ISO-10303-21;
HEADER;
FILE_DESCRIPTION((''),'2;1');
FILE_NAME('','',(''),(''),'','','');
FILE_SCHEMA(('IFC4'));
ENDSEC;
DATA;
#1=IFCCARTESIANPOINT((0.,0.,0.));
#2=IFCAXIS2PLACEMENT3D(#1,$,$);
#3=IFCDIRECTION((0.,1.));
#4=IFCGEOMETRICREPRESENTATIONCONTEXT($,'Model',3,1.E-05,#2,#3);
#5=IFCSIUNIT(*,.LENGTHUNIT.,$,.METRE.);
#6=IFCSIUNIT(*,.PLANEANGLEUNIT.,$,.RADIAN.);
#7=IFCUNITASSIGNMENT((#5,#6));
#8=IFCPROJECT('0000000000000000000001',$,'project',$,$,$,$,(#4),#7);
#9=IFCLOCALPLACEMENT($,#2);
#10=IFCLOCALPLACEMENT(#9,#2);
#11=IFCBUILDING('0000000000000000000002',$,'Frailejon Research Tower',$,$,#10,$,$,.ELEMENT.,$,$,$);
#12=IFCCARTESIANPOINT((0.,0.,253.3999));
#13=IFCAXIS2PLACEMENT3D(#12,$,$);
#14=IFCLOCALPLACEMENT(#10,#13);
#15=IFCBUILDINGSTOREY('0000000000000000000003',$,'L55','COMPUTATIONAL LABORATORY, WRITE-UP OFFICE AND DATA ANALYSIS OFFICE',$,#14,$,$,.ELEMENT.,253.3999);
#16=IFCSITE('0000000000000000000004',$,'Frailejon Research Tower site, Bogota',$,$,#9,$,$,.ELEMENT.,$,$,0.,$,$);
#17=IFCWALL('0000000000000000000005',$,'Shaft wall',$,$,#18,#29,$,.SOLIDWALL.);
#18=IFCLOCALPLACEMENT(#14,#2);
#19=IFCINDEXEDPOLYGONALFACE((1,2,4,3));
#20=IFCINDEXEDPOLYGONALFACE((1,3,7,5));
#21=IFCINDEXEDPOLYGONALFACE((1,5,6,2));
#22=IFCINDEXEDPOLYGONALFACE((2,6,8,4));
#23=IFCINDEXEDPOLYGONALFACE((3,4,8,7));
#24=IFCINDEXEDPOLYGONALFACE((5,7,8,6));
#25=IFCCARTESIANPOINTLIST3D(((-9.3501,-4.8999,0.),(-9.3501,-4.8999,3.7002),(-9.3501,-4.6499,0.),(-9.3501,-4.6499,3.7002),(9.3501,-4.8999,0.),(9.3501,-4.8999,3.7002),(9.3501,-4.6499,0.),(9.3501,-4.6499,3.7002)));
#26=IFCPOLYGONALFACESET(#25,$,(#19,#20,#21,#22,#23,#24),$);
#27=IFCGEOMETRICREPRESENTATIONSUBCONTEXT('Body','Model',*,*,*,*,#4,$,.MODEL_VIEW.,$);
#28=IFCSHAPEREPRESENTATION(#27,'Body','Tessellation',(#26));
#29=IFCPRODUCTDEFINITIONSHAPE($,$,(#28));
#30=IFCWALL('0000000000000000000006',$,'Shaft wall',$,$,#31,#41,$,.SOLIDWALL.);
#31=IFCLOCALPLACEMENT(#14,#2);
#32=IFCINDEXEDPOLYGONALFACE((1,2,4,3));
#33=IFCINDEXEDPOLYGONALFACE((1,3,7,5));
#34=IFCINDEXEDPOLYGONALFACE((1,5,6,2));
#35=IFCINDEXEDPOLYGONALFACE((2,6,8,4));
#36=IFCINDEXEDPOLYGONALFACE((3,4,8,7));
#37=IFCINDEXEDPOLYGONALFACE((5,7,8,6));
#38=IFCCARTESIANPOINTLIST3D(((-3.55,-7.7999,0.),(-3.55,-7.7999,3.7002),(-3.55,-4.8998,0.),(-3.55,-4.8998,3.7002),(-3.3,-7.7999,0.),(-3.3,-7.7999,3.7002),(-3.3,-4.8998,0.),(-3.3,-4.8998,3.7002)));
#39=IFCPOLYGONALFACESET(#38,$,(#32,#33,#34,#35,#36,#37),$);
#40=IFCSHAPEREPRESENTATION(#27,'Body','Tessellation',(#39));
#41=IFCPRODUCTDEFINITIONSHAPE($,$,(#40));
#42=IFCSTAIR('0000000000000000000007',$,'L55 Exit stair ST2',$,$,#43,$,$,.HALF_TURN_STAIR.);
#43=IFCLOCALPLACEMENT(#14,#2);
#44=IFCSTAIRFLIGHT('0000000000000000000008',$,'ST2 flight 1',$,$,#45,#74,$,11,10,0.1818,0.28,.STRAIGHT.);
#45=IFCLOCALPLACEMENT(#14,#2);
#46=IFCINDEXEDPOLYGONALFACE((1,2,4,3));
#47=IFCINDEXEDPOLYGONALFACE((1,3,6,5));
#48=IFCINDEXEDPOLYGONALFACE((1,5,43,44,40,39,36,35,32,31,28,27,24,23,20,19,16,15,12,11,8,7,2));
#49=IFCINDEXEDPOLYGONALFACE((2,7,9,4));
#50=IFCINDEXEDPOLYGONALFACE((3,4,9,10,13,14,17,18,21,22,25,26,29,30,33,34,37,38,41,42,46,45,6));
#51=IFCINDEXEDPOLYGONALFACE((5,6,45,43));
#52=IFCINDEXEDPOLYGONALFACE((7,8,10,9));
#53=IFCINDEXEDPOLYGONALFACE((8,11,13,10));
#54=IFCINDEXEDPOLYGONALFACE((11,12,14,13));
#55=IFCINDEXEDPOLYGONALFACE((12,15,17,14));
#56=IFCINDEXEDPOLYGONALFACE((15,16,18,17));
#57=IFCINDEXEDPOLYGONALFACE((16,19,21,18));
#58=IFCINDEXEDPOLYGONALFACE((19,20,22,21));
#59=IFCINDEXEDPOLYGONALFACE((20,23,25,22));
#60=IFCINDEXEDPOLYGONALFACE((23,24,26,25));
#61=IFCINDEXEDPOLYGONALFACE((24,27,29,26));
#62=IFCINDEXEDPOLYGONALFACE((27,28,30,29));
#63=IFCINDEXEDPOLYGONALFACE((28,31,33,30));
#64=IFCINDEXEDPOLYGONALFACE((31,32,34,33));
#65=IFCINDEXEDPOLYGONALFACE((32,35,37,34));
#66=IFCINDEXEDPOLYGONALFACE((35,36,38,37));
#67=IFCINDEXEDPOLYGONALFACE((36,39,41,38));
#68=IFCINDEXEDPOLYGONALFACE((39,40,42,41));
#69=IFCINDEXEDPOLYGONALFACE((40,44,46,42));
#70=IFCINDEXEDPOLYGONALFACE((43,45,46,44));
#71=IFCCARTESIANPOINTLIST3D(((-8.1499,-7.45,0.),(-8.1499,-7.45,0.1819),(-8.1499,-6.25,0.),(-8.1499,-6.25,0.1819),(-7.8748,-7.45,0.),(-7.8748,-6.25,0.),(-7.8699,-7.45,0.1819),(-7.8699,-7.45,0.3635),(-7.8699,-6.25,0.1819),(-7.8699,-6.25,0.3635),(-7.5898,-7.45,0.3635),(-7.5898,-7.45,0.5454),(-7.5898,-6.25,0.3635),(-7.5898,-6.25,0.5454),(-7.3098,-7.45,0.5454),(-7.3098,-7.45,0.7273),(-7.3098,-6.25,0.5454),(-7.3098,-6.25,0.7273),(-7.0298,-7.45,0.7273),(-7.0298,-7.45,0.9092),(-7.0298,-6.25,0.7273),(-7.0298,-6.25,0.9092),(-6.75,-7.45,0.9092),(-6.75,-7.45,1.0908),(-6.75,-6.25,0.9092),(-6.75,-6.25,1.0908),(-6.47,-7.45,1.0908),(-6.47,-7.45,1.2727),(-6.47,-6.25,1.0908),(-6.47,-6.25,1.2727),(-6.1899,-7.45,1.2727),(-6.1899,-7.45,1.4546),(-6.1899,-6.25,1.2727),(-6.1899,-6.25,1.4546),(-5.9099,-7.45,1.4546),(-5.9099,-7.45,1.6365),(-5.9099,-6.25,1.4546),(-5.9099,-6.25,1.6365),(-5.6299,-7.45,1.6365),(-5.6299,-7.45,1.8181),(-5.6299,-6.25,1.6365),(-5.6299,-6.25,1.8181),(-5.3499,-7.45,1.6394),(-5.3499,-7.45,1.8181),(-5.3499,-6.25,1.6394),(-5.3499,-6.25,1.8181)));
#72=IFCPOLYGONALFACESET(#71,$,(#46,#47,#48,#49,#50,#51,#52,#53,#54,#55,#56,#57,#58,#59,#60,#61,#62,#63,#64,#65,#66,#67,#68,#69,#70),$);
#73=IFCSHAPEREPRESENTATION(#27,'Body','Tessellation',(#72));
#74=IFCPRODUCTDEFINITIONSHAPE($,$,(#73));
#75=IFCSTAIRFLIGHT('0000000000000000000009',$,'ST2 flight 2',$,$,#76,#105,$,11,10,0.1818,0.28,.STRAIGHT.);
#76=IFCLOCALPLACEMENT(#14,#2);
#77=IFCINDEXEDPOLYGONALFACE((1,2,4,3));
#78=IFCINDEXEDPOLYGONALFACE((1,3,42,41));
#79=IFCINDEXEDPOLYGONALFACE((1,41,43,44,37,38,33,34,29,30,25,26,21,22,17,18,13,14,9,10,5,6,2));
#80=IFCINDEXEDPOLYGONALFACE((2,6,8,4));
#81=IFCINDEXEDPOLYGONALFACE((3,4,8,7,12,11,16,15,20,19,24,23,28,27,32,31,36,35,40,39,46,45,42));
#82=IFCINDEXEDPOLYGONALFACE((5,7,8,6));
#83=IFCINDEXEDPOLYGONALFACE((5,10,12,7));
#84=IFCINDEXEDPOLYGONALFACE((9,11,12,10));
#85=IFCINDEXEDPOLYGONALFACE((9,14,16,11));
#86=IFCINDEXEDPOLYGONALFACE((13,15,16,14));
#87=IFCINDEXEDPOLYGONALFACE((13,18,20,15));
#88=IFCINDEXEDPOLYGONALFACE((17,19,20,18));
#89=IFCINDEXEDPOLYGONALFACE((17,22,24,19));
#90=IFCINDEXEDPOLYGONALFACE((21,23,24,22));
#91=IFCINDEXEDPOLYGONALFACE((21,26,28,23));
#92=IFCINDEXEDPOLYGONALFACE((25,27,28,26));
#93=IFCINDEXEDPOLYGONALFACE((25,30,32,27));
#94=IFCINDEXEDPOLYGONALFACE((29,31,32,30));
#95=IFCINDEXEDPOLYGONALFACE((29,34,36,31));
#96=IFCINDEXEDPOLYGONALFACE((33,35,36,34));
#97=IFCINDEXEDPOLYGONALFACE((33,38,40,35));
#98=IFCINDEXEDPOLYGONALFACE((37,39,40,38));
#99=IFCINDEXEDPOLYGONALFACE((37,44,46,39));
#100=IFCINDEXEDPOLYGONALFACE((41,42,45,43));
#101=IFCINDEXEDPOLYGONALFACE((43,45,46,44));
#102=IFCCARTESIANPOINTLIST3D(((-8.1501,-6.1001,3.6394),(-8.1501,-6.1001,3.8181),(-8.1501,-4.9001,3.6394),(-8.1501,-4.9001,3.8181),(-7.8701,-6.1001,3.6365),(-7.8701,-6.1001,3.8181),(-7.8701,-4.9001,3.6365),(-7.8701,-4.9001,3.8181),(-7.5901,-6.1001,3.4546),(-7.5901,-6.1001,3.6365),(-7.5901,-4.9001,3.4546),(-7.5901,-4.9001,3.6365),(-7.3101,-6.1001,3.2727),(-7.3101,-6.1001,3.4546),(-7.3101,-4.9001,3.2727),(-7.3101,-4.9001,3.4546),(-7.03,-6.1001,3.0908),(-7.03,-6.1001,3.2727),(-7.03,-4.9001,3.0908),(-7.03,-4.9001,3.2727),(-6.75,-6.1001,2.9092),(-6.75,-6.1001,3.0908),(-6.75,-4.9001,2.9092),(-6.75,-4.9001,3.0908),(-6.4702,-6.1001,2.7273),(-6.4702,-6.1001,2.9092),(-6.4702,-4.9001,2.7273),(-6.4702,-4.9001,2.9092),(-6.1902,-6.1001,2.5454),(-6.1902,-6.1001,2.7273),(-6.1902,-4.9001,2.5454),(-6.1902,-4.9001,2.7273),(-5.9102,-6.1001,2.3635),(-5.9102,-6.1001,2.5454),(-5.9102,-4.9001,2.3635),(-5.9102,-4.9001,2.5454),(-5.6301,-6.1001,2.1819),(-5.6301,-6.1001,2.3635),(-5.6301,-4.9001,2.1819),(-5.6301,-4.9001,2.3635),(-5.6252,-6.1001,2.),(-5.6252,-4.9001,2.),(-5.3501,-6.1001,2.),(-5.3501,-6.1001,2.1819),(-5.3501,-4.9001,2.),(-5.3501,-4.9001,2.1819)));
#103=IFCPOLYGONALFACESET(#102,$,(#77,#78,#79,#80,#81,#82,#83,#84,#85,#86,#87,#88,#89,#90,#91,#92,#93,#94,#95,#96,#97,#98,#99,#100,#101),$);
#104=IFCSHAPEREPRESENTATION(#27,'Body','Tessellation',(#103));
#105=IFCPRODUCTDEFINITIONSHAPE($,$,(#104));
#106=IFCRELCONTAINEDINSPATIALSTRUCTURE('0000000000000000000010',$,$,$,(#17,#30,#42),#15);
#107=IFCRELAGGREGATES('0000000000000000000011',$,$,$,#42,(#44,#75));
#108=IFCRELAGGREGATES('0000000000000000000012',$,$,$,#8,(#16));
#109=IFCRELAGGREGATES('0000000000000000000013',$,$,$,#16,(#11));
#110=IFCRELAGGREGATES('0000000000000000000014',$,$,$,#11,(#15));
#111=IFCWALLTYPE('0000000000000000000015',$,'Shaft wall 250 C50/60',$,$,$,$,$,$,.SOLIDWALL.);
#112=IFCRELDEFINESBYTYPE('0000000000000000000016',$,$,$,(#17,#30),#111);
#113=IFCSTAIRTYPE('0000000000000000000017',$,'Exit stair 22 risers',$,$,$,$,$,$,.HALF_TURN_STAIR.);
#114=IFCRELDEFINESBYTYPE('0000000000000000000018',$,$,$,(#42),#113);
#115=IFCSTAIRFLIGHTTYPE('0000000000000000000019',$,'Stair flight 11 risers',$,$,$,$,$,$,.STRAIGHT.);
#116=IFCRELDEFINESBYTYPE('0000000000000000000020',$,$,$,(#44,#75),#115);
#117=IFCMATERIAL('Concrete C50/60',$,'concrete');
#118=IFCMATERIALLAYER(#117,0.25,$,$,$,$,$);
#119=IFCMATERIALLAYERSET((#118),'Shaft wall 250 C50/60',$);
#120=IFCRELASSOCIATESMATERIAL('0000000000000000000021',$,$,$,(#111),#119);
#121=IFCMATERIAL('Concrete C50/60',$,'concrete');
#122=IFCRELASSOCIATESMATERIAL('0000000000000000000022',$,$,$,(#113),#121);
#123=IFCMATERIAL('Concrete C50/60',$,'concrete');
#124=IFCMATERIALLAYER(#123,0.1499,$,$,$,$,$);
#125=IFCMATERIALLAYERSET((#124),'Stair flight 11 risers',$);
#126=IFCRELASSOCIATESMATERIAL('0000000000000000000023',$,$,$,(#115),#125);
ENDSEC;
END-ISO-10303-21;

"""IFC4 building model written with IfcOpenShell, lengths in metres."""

from ifc_helpers import new_model, si_unit, direction, frame, frame_2d, origin, place, context, subcontext, project, spatial, polyline, rectangle, outline, extrude, material, layer, layer_set, type_object, element, aggregate, save


model = new_model("IFC4")

# Units and contexts
model_context = context("Model", 3, precision=1e-05, world=origin(), true_north=direction((0.0, 1.0)))
body_context = subcontext(model_context, "Body", "Model", "MODEL_VIEW")
ifc_project = project(units=[si_unit("LENGTHUNIT", "METRE"), si_unit("PLANEANGLEUNIT", "RADIAN")], contexts=[model_context])

# Site, building, storey
site_placement = place(None, origin())
site = spatial("IfcSite", under=ifc_project, at=site_placement, Name="Frailejon Research Tower site, Bogota", CompositionType="ELEMENT", RefElevation=0.0)
building_placement = place(site_placement, origin())
building = spatial("IfcBuilding", under=site, at=building_placement, Name="Frailejon Research Tower", CompositionType="ELEMENT")
storey_placement = place(building_placement, frame((0.0, 0.0, 253.3999)))
storey = spatial("IfcBuildingStorey", under=building, at=storey_placement, Name="L55", Description="COMPUTATIONAL LABORATORY, WRITE-UP OFFICE AND DATA ANALYSIS OFFICE", CompositionType="ELEMENT", Elevation=253.3999)

# Shared definitions
ifc_material_1 = material(Name="Concrete C50/60", Category="concrete")
ifc_layer_1 = layer(ifc_material_1, 0.25)
ifc_layer_set_1 = layer_set([ifc_layer_1], Name="Shaft wall 250 C50/60")
wall_type_1 = type_object("IfcWallType", Name="Shaft wall 250 C50/60", PredefinedType="SOLIDWALL", material=ifc_layer_set_1)

# Walls
wall_1_placement = place(storey_placement, frame((-9.3501, -4.7749, 0.0), z_axis=(0.0, 0.0, 1.0), x_axis=(1.0, 0.0, 0.0)))
element("IfcWall", 1, at=wall_1_placement, inside=storey, type_object=wall_type_1, Name="Shaft wall", PredefinedType="SOLIDWALL", context=body_context, shape_type="SweptSolid", body=[
    extrude(rectangle(XDim=18.7002, YDim=0.25, at=frame_2d((9.3501, 0.0))), origin(), (0.0, 0.0, 1.0), 3.7002),
])
wall_2_placement = place(storey_placement, frame((-3.425, -7.8, 0.0), z_axis=(0.0, 0.0, 1.0), x_axis=(0.0, 1.0, 0.0)))
element("IfcWall", 2, at=wall_2_placement, inside=storey, type_object=wall_type_1, Name="Shaft wall", PredefinedType="SOLIDWALL", context=body_context, shape_type="SweptSolid", body=[
    extrude(rectangle(XDim=2.9001, YDim=0.25, at=frame_2d((1.4502, 0.0))), origin(), (0.0, 0.0, 1.0), 3.7002),
])

# Stair, stair flights
ifc_material_2 = material(Name="Concrete C50/60", Category="concrete")
stair_type = type_object("IfcStairType", Name="Exit stair 22 risers", PredefinedType="HALF_TURN_STAIR", material=ifc_material_2)
stair_placement = place(storey_placement, origin())
stair = element("IfcStair", 3, at=stair_placement, inside=storey, type_object=stair_type, Name="L55 Exit stair ST2", PredefinedType="HALF_TURN_STAIR")
ifc_material_3 = material(Name="Concrete C50/60", Category="concrete")
ifc_layer_2 = layer(ifc_material_3, 0.1499)
ifc_layer_set_2 = layer_set([ifc_layer_2], Name="Stair flight 11 risers")
stair_flight_type = type_object("IfcStairFlightType", Name="Stair flight 11 risers", PredefinedType="STRAIGHT", material=ifc_layer_set_2)
stair_flight_1_placement = place(storey_placement, frame((-8.1499, -6.8501, 0.0), z_axis=(0.0, 0.0, 1.0), x_axis=(1.0, 0.0, 0.0)))
stair_flight_1 = element("IfcStairFlight", 4, at=stair_flight_1_placement, type_object=stair_flight_type, Name="ST2 flight 1", NumberOfRisers=11, NumberOfTreads=10, PredefinedType="STRAIGHT", RiserHeight=0.1818, TreadLength=0.28, context=body_context, shape_type="SweptSolid", body=[
    extrude(outline(polyline([(0.0, 0.0), (0.0, 0.1819), (0.28, 0.1819), (0.28, 0.3635), (0.5601, 0.3635), (0.5601, 0.5454), (0.8401, 0.5454), (0.8401, 0.7273), (1.1201, 0.7273), (1.1201, 0.9092), (1.3999, 0.9092), (1.3999, 1.0908), (1.6799, 1.0908), (1.6799, 1.2727), (1.96, 1.2727), (1.96, 1.4546), (2.24, 1.4546), (2.24, 1.6365), (2.52, 1.6365), (2.52, 1.8181), (2.8, 1.8181), (2.8, 2.0), (2.8, 1.6394), (0.2751, 0.0), (0.0, 0.0)])), frame((0.0, 0.6001, 0.0), z_axis=(0.0, -1.0, 0.0), x_axis=(1.0, 0.0, 0.0)), (0.0, 0.0, 1.0), 1.2),
])
stair_flight_2_placement = place(storey_placement, frame((-5.3501, -5.5, 2.0), z_axis=(0.0, 0.0, 1.0), x_axis=(-1.0, 0.0, 0.0)))
stair_flight_2 = element("IfcStairFlight", 5, at=stair_flight_2_placement, type_object=stair_flight_type, Name="ST2 flight 2", NumberOfRisers=11, NumberOfTreads=10, PredefinedType="STRAIGHT", RiserHeight=0.1818, TreadLength=0.28, context=body_context, shape_type="SweptSolid", body=[
    extrude(outline(polyline([(0.0, 0.0), (0.0, 0.1819), (0.28, 0.1819), (0.28, 0.3635), (0.5601, 0.3635), (0.5601, 0.5454), (0.8401, 0.5454), (0.8401, 0.7273), (1.1201, 0.7273), (1.1201, 0.9092), (1.3999, 0.9092), (1.3999, 1.0908), (1.6799, 1.0908), (1.6799, 1.2727), (1.96, 1.2727), (1.96, 1.4546), (2.24, 1.4546), (2.24, 1.6365), (2.52, 1.6365), (2.52, 1.8181), (2.8, 1.8181), (2.8, 2.0), (2.8, 1.6394), (0.2751, 0.0), (0.0, 0.0)])), frame((0.0, 0.6001, 0.0), z_axis=(0.0, -1.0, 0.0), x_axis=(1.0, 0.0, 0.0)), (0.0, 0.0, 1.0), 1.2),
])
aggregate(stair, [stair_flight_1, stair_flight_2])

save(model, "model.ifc")
